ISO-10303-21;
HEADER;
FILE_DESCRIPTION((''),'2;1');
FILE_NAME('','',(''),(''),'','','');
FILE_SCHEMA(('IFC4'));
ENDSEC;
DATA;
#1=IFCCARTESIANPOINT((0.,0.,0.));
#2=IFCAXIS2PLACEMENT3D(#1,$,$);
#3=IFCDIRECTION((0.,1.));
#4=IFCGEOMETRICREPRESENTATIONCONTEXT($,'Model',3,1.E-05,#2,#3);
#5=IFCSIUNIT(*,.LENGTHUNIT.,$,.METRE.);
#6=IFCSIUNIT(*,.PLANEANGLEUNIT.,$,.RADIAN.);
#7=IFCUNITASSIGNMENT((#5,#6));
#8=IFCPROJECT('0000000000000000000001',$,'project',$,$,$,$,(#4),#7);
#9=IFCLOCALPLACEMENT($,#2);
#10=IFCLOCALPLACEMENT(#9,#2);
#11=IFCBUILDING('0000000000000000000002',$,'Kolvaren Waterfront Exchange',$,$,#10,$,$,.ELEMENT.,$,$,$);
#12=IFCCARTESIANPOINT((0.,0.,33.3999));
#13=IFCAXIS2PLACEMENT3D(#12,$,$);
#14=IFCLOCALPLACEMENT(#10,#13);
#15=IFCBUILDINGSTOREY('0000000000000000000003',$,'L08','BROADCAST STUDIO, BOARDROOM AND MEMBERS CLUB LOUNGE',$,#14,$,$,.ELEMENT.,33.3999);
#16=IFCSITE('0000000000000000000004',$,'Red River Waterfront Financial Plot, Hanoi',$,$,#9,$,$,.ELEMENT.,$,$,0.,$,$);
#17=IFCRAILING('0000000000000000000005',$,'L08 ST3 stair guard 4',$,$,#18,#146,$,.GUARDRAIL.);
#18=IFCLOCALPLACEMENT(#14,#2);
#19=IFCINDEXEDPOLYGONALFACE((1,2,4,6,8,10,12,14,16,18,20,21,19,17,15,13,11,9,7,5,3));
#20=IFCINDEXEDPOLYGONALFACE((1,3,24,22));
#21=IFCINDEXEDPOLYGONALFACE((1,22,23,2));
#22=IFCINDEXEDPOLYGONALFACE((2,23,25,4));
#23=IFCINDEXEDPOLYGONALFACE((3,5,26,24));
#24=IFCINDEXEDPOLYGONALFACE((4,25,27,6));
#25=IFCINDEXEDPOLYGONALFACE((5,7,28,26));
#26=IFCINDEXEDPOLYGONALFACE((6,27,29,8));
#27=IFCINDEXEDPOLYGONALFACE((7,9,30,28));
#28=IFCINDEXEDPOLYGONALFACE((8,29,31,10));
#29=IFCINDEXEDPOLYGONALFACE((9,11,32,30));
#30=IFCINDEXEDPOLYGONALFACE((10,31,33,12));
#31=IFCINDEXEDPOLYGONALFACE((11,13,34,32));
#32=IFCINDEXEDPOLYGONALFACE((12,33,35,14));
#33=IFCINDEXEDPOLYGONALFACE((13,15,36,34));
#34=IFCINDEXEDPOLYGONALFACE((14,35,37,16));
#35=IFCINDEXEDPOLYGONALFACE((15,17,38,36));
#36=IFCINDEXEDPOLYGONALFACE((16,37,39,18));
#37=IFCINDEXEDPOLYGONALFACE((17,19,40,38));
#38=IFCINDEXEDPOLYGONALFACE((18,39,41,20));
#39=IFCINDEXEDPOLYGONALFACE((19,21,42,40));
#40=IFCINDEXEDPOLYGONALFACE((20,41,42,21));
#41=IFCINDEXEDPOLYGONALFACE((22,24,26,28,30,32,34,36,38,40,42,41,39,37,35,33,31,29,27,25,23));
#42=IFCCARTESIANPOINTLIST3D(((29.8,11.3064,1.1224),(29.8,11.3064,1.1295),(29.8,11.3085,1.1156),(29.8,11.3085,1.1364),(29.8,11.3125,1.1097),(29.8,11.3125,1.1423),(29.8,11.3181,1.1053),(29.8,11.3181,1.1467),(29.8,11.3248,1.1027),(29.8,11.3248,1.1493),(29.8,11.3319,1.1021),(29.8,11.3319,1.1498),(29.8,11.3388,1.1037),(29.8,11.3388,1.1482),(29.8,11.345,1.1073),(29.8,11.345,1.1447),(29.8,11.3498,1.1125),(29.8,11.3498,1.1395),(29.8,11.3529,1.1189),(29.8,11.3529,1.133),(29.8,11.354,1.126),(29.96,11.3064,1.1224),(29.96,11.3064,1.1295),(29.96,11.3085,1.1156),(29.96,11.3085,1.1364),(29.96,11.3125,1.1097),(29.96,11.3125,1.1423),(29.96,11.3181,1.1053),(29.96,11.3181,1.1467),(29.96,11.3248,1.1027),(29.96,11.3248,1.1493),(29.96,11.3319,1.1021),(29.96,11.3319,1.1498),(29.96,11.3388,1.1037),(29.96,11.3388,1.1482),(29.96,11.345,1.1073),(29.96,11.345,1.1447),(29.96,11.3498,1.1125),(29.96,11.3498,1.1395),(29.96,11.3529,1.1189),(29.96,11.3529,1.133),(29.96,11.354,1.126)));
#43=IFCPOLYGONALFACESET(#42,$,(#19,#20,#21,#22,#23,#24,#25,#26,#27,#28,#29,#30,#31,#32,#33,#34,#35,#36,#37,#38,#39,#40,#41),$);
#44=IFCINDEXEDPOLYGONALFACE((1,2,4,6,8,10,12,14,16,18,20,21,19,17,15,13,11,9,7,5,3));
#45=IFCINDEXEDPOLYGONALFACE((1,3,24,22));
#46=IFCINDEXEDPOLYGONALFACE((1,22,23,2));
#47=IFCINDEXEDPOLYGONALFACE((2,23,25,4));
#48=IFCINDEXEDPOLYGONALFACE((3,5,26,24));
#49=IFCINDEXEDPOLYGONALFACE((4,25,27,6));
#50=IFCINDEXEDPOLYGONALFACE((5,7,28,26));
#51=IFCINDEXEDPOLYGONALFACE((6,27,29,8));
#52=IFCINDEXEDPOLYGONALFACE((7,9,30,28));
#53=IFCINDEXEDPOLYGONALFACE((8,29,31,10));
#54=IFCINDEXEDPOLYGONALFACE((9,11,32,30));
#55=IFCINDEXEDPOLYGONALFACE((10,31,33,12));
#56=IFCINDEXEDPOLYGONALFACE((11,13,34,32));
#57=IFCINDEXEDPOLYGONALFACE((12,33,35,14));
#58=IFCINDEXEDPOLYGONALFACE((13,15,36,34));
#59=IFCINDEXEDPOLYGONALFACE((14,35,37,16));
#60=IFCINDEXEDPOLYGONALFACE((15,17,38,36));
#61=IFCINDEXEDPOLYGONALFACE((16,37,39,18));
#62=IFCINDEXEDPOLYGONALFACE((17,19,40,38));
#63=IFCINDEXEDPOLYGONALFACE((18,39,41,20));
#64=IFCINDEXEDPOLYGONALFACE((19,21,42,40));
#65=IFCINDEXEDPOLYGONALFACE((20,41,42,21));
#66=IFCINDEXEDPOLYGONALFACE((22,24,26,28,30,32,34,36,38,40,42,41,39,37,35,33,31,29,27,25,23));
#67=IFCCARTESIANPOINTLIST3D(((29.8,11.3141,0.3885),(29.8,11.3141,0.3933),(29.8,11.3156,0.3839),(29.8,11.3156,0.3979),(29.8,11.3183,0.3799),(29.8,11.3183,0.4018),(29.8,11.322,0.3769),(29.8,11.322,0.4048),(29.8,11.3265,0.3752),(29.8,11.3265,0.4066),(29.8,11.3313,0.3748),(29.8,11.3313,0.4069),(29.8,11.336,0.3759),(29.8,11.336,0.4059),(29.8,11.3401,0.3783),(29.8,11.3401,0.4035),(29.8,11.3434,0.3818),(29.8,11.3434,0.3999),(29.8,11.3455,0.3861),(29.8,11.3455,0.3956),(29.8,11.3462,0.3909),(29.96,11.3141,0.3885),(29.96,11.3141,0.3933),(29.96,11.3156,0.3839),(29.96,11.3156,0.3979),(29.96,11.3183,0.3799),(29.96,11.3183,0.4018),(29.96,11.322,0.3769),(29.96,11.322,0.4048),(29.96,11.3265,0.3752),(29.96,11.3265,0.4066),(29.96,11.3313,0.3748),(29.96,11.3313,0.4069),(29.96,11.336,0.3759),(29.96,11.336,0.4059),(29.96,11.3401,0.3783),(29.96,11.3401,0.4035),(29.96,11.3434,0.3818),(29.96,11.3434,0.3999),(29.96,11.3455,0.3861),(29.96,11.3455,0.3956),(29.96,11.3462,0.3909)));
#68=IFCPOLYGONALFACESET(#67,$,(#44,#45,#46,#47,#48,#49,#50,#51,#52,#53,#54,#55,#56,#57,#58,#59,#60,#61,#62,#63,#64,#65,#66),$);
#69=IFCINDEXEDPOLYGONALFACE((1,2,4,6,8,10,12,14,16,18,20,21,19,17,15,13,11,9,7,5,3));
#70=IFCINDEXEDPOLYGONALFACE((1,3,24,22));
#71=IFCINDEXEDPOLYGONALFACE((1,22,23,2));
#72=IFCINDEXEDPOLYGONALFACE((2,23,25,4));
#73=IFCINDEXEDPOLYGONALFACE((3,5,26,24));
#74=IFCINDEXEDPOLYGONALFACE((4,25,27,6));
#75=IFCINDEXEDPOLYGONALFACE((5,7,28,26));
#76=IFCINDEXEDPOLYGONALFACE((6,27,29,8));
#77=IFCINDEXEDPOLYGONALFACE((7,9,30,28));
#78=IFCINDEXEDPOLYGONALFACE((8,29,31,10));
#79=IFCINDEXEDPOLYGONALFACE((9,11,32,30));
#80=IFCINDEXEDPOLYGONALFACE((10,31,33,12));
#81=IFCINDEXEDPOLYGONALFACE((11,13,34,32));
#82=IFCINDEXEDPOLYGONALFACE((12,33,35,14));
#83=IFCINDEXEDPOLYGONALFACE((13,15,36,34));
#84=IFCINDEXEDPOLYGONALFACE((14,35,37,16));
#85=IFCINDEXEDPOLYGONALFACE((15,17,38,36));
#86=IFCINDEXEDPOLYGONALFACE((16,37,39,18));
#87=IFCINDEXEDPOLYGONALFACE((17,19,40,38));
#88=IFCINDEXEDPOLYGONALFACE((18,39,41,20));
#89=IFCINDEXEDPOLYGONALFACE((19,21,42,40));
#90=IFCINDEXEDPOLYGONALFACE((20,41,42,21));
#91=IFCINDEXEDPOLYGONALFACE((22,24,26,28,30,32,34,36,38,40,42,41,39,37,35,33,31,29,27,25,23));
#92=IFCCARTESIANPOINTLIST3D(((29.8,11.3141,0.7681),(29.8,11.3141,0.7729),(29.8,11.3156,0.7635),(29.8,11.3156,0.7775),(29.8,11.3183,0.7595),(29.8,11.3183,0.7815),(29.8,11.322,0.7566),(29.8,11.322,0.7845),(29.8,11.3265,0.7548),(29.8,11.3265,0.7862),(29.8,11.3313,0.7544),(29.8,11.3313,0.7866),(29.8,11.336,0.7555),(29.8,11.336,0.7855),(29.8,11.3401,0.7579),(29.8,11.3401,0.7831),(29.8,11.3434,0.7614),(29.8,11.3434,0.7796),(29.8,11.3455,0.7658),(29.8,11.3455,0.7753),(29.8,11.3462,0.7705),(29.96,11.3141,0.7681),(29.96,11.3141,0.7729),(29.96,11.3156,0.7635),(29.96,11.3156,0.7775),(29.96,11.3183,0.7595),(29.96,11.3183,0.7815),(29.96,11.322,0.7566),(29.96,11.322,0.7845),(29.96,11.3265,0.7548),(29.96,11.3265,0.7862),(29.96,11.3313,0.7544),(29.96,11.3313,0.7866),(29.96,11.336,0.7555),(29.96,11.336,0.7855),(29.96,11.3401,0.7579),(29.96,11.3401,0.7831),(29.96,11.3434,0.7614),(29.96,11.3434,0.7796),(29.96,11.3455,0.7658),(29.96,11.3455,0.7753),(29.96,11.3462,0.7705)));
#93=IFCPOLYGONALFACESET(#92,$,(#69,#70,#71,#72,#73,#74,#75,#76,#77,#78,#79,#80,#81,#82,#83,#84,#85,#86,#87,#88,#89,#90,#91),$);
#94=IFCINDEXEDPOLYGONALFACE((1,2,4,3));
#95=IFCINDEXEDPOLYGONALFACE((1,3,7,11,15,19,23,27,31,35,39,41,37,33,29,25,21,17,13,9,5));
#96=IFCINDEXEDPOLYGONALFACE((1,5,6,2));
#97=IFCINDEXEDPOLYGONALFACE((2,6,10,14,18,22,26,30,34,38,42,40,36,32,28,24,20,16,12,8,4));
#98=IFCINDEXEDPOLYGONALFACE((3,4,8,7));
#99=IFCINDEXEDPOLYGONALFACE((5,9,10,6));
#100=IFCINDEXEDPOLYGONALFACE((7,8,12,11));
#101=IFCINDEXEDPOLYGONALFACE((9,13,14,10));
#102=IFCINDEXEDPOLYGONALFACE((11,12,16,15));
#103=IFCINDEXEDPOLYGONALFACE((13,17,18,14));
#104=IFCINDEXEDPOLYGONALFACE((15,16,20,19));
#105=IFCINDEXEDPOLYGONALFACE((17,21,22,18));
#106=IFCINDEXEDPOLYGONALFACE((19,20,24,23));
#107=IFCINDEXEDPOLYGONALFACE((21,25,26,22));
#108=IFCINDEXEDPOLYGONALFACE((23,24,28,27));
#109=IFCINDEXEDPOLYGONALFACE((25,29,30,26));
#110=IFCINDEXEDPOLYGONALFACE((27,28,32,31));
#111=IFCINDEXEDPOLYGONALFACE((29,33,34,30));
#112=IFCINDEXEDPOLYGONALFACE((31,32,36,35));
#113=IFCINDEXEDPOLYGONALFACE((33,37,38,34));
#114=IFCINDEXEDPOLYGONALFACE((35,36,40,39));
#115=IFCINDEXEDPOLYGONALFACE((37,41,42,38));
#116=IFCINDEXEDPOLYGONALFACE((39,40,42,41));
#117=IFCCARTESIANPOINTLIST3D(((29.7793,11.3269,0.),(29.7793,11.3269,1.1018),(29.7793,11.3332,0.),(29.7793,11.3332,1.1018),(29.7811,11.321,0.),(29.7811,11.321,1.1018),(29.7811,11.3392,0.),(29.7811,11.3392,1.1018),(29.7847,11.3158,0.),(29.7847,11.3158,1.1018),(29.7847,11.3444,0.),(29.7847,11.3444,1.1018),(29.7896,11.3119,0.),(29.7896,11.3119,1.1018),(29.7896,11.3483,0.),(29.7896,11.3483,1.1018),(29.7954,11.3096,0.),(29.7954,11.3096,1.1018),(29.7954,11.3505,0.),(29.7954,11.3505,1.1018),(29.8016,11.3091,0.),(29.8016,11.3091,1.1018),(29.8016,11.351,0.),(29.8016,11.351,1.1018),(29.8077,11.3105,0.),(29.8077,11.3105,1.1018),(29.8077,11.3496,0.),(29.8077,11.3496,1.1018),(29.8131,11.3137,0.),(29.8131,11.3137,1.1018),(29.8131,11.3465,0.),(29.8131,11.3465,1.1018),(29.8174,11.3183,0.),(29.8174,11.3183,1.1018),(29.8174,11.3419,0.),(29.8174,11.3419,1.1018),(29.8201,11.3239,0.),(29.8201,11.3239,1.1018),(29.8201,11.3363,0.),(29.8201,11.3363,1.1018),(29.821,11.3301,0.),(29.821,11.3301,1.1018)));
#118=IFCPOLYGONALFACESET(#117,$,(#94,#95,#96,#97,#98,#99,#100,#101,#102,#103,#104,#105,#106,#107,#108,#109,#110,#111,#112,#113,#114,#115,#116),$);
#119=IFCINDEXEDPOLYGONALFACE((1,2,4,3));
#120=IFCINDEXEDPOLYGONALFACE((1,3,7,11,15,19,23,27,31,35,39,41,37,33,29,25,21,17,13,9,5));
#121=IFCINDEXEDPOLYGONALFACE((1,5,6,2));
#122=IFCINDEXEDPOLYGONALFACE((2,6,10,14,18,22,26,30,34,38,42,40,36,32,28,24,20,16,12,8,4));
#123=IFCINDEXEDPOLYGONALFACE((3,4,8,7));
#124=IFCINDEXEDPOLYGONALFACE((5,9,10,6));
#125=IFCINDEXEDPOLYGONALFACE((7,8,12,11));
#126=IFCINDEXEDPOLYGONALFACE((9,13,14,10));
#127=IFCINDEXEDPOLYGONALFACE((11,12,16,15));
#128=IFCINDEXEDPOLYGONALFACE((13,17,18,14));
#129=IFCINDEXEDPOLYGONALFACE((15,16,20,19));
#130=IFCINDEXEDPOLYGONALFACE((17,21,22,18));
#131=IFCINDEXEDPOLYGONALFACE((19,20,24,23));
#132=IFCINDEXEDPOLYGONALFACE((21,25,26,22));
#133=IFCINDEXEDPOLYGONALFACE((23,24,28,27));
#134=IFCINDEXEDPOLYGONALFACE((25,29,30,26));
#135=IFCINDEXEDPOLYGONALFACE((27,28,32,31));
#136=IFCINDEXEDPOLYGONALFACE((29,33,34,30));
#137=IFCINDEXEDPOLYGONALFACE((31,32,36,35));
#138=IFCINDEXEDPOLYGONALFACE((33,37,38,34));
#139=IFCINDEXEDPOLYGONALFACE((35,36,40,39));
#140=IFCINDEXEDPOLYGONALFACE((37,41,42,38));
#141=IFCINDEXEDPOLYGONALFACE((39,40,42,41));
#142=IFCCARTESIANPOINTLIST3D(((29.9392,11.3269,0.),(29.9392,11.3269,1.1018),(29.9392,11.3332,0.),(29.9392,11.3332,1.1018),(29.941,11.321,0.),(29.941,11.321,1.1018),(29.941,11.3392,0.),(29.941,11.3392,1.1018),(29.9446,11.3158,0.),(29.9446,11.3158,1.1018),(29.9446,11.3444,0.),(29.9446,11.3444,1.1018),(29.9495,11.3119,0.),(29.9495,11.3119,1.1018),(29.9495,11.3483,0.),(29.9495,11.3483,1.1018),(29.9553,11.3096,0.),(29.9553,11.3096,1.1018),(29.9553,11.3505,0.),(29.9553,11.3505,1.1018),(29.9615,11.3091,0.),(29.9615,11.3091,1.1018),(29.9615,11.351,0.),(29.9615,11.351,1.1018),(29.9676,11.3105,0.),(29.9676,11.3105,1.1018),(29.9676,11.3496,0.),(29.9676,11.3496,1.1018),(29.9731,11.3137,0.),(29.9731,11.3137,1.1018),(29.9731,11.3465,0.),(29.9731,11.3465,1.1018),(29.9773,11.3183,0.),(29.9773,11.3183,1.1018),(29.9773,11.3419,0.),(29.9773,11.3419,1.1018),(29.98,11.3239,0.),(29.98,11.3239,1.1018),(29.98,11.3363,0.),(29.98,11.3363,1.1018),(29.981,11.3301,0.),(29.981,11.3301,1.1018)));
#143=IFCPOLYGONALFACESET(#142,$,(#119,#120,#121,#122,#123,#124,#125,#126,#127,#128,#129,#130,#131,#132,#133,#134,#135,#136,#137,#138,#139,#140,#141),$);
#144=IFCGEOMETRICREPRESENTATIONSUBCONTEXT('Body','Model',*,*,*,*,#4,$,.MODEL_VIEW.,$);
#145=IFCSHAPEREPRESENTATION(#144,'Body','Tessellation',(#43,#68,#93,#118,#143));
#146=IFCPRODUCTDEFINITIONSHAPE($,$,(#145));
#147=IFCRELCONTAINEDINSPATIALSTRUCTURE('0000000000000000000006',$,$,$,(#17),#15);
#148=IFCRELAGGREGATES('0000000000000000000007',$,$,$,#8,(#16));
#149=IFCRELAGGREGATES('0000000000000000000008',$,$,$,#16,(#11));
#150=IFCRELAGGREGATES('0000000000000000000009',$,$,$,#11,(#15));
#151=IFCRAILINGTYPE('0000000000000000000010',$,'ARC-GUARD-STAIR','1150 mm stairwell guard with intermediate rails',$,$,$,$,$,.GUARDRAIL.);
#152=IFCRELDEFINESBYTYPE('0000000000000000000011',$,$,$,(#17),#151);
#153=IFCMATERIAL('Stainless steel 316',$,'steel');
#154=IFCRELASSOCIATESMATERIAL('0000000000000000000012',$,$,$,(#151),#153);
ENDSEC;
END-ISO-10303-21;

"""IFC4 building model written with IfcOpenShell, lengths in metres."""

from ifc_helpers import new_model, si_unit, direction, frame, origin, origin_2d, place, context, subcontext, project, spatial, circle, extrude, material, type_object, element, save


model = new_model("IFC4")

# Units and contexts
model_context = context("Model", 3, precision=1e-05, world=origin(), true_north=direction((0.0, 1.0)))
body_context = subcontext(model_context, "Body", "Model", "MODEL_VIEW")
ifc_project = project(units=[si_unit("LENGTHUNIT", "METRE"), si_unit("PLANEANGLEUNIT", "RADIAN")], contexts=[model_context])

# Site, building, storey
site_placement = place(None, origin())
site = spatial("IfcSite", under=ifc_project, at=site_placement, Name="Red River Waterfront Financial Plot, Hanoi", CompositionType="ELEMENT", RefElevation=0.0)
building_placement = place(site_placement, origin())
building = spatial("IfcBuilding", under=site, at=building_placement, Name="Kolvaren Waterfront Exchange", CompositionType="ELEMENT")
storey_placement = place(building_placement, frame((0.0, 0.0, 33.3999)))
storey = spatial("IfcBuildingStorey", under=building, at=storey_placement, Name="L08", Description="BROADCAST STUDIO, BOARDROOM AND MEMBERS CLUB LOUNGE", CompositionType="ELEMENT", Elevation=33.3999)

# Railing
ifc_material_1 = material(Name="Stainless steel 316", Category="steel")
railing_type = type_object("IfcRailingType", Name="ARC-GUARD-STAIR", Description="1150 mm stairwell guard with intermediate rails", PredefinedType="GUARDRAIL", material=ifc_material_1)
railing_1_placement = place(storey_placement, frame((29.8, 11.3301, 0.0)))
element("IfcRailing", 1, at=railing_1_placement, inside=storey, type_object=railing_type, Name="L08 ST3 stair guard 4", PredefinedType="GUARDRAIL", context=body_context, shape_type="SweptSolid", body=[
    extrude(circle(Radius=0.0239, at=origin_2d()), frame((0.0, 0.0, 1.126), z_axis=(1.0, 0.0, 0.0), x_axis=(0.0, 1.0, 0.0)), (0.0, 0.0, 1.0), 0.1599),
    extrude(circle(Radius=0.0161, at=origin_2d()), frame((0.0, 0.0, 0.3909), z_axis=(1.0, 0.0, 0.0), x_axis=(0.0, 1.0, 0.0)), (0.0, 0.0, 1.0), 0.1599),
    extrude(circle(Radius=0.0161, at=origin_2d()), frame((0.0, 0.0, 0.7705), z_axis=(1.0, 0.0, 0.0), x_axis=(0.0, 1.0, 0.0)), (0.0, 0.0, 1.0), 0.1599),
    extrude(circle(Radius=0.021, at=origin_2d()), origin(), (0.0, 0.0, 1.0), 1.1018),
    extrude(circle(Radius=0.021, at=origin_2d()), frame((0.1599, 0.0, 0.0)), (0.0, 0.0, 1.0), 1.1018),
])

save(model, "model.ifc")
